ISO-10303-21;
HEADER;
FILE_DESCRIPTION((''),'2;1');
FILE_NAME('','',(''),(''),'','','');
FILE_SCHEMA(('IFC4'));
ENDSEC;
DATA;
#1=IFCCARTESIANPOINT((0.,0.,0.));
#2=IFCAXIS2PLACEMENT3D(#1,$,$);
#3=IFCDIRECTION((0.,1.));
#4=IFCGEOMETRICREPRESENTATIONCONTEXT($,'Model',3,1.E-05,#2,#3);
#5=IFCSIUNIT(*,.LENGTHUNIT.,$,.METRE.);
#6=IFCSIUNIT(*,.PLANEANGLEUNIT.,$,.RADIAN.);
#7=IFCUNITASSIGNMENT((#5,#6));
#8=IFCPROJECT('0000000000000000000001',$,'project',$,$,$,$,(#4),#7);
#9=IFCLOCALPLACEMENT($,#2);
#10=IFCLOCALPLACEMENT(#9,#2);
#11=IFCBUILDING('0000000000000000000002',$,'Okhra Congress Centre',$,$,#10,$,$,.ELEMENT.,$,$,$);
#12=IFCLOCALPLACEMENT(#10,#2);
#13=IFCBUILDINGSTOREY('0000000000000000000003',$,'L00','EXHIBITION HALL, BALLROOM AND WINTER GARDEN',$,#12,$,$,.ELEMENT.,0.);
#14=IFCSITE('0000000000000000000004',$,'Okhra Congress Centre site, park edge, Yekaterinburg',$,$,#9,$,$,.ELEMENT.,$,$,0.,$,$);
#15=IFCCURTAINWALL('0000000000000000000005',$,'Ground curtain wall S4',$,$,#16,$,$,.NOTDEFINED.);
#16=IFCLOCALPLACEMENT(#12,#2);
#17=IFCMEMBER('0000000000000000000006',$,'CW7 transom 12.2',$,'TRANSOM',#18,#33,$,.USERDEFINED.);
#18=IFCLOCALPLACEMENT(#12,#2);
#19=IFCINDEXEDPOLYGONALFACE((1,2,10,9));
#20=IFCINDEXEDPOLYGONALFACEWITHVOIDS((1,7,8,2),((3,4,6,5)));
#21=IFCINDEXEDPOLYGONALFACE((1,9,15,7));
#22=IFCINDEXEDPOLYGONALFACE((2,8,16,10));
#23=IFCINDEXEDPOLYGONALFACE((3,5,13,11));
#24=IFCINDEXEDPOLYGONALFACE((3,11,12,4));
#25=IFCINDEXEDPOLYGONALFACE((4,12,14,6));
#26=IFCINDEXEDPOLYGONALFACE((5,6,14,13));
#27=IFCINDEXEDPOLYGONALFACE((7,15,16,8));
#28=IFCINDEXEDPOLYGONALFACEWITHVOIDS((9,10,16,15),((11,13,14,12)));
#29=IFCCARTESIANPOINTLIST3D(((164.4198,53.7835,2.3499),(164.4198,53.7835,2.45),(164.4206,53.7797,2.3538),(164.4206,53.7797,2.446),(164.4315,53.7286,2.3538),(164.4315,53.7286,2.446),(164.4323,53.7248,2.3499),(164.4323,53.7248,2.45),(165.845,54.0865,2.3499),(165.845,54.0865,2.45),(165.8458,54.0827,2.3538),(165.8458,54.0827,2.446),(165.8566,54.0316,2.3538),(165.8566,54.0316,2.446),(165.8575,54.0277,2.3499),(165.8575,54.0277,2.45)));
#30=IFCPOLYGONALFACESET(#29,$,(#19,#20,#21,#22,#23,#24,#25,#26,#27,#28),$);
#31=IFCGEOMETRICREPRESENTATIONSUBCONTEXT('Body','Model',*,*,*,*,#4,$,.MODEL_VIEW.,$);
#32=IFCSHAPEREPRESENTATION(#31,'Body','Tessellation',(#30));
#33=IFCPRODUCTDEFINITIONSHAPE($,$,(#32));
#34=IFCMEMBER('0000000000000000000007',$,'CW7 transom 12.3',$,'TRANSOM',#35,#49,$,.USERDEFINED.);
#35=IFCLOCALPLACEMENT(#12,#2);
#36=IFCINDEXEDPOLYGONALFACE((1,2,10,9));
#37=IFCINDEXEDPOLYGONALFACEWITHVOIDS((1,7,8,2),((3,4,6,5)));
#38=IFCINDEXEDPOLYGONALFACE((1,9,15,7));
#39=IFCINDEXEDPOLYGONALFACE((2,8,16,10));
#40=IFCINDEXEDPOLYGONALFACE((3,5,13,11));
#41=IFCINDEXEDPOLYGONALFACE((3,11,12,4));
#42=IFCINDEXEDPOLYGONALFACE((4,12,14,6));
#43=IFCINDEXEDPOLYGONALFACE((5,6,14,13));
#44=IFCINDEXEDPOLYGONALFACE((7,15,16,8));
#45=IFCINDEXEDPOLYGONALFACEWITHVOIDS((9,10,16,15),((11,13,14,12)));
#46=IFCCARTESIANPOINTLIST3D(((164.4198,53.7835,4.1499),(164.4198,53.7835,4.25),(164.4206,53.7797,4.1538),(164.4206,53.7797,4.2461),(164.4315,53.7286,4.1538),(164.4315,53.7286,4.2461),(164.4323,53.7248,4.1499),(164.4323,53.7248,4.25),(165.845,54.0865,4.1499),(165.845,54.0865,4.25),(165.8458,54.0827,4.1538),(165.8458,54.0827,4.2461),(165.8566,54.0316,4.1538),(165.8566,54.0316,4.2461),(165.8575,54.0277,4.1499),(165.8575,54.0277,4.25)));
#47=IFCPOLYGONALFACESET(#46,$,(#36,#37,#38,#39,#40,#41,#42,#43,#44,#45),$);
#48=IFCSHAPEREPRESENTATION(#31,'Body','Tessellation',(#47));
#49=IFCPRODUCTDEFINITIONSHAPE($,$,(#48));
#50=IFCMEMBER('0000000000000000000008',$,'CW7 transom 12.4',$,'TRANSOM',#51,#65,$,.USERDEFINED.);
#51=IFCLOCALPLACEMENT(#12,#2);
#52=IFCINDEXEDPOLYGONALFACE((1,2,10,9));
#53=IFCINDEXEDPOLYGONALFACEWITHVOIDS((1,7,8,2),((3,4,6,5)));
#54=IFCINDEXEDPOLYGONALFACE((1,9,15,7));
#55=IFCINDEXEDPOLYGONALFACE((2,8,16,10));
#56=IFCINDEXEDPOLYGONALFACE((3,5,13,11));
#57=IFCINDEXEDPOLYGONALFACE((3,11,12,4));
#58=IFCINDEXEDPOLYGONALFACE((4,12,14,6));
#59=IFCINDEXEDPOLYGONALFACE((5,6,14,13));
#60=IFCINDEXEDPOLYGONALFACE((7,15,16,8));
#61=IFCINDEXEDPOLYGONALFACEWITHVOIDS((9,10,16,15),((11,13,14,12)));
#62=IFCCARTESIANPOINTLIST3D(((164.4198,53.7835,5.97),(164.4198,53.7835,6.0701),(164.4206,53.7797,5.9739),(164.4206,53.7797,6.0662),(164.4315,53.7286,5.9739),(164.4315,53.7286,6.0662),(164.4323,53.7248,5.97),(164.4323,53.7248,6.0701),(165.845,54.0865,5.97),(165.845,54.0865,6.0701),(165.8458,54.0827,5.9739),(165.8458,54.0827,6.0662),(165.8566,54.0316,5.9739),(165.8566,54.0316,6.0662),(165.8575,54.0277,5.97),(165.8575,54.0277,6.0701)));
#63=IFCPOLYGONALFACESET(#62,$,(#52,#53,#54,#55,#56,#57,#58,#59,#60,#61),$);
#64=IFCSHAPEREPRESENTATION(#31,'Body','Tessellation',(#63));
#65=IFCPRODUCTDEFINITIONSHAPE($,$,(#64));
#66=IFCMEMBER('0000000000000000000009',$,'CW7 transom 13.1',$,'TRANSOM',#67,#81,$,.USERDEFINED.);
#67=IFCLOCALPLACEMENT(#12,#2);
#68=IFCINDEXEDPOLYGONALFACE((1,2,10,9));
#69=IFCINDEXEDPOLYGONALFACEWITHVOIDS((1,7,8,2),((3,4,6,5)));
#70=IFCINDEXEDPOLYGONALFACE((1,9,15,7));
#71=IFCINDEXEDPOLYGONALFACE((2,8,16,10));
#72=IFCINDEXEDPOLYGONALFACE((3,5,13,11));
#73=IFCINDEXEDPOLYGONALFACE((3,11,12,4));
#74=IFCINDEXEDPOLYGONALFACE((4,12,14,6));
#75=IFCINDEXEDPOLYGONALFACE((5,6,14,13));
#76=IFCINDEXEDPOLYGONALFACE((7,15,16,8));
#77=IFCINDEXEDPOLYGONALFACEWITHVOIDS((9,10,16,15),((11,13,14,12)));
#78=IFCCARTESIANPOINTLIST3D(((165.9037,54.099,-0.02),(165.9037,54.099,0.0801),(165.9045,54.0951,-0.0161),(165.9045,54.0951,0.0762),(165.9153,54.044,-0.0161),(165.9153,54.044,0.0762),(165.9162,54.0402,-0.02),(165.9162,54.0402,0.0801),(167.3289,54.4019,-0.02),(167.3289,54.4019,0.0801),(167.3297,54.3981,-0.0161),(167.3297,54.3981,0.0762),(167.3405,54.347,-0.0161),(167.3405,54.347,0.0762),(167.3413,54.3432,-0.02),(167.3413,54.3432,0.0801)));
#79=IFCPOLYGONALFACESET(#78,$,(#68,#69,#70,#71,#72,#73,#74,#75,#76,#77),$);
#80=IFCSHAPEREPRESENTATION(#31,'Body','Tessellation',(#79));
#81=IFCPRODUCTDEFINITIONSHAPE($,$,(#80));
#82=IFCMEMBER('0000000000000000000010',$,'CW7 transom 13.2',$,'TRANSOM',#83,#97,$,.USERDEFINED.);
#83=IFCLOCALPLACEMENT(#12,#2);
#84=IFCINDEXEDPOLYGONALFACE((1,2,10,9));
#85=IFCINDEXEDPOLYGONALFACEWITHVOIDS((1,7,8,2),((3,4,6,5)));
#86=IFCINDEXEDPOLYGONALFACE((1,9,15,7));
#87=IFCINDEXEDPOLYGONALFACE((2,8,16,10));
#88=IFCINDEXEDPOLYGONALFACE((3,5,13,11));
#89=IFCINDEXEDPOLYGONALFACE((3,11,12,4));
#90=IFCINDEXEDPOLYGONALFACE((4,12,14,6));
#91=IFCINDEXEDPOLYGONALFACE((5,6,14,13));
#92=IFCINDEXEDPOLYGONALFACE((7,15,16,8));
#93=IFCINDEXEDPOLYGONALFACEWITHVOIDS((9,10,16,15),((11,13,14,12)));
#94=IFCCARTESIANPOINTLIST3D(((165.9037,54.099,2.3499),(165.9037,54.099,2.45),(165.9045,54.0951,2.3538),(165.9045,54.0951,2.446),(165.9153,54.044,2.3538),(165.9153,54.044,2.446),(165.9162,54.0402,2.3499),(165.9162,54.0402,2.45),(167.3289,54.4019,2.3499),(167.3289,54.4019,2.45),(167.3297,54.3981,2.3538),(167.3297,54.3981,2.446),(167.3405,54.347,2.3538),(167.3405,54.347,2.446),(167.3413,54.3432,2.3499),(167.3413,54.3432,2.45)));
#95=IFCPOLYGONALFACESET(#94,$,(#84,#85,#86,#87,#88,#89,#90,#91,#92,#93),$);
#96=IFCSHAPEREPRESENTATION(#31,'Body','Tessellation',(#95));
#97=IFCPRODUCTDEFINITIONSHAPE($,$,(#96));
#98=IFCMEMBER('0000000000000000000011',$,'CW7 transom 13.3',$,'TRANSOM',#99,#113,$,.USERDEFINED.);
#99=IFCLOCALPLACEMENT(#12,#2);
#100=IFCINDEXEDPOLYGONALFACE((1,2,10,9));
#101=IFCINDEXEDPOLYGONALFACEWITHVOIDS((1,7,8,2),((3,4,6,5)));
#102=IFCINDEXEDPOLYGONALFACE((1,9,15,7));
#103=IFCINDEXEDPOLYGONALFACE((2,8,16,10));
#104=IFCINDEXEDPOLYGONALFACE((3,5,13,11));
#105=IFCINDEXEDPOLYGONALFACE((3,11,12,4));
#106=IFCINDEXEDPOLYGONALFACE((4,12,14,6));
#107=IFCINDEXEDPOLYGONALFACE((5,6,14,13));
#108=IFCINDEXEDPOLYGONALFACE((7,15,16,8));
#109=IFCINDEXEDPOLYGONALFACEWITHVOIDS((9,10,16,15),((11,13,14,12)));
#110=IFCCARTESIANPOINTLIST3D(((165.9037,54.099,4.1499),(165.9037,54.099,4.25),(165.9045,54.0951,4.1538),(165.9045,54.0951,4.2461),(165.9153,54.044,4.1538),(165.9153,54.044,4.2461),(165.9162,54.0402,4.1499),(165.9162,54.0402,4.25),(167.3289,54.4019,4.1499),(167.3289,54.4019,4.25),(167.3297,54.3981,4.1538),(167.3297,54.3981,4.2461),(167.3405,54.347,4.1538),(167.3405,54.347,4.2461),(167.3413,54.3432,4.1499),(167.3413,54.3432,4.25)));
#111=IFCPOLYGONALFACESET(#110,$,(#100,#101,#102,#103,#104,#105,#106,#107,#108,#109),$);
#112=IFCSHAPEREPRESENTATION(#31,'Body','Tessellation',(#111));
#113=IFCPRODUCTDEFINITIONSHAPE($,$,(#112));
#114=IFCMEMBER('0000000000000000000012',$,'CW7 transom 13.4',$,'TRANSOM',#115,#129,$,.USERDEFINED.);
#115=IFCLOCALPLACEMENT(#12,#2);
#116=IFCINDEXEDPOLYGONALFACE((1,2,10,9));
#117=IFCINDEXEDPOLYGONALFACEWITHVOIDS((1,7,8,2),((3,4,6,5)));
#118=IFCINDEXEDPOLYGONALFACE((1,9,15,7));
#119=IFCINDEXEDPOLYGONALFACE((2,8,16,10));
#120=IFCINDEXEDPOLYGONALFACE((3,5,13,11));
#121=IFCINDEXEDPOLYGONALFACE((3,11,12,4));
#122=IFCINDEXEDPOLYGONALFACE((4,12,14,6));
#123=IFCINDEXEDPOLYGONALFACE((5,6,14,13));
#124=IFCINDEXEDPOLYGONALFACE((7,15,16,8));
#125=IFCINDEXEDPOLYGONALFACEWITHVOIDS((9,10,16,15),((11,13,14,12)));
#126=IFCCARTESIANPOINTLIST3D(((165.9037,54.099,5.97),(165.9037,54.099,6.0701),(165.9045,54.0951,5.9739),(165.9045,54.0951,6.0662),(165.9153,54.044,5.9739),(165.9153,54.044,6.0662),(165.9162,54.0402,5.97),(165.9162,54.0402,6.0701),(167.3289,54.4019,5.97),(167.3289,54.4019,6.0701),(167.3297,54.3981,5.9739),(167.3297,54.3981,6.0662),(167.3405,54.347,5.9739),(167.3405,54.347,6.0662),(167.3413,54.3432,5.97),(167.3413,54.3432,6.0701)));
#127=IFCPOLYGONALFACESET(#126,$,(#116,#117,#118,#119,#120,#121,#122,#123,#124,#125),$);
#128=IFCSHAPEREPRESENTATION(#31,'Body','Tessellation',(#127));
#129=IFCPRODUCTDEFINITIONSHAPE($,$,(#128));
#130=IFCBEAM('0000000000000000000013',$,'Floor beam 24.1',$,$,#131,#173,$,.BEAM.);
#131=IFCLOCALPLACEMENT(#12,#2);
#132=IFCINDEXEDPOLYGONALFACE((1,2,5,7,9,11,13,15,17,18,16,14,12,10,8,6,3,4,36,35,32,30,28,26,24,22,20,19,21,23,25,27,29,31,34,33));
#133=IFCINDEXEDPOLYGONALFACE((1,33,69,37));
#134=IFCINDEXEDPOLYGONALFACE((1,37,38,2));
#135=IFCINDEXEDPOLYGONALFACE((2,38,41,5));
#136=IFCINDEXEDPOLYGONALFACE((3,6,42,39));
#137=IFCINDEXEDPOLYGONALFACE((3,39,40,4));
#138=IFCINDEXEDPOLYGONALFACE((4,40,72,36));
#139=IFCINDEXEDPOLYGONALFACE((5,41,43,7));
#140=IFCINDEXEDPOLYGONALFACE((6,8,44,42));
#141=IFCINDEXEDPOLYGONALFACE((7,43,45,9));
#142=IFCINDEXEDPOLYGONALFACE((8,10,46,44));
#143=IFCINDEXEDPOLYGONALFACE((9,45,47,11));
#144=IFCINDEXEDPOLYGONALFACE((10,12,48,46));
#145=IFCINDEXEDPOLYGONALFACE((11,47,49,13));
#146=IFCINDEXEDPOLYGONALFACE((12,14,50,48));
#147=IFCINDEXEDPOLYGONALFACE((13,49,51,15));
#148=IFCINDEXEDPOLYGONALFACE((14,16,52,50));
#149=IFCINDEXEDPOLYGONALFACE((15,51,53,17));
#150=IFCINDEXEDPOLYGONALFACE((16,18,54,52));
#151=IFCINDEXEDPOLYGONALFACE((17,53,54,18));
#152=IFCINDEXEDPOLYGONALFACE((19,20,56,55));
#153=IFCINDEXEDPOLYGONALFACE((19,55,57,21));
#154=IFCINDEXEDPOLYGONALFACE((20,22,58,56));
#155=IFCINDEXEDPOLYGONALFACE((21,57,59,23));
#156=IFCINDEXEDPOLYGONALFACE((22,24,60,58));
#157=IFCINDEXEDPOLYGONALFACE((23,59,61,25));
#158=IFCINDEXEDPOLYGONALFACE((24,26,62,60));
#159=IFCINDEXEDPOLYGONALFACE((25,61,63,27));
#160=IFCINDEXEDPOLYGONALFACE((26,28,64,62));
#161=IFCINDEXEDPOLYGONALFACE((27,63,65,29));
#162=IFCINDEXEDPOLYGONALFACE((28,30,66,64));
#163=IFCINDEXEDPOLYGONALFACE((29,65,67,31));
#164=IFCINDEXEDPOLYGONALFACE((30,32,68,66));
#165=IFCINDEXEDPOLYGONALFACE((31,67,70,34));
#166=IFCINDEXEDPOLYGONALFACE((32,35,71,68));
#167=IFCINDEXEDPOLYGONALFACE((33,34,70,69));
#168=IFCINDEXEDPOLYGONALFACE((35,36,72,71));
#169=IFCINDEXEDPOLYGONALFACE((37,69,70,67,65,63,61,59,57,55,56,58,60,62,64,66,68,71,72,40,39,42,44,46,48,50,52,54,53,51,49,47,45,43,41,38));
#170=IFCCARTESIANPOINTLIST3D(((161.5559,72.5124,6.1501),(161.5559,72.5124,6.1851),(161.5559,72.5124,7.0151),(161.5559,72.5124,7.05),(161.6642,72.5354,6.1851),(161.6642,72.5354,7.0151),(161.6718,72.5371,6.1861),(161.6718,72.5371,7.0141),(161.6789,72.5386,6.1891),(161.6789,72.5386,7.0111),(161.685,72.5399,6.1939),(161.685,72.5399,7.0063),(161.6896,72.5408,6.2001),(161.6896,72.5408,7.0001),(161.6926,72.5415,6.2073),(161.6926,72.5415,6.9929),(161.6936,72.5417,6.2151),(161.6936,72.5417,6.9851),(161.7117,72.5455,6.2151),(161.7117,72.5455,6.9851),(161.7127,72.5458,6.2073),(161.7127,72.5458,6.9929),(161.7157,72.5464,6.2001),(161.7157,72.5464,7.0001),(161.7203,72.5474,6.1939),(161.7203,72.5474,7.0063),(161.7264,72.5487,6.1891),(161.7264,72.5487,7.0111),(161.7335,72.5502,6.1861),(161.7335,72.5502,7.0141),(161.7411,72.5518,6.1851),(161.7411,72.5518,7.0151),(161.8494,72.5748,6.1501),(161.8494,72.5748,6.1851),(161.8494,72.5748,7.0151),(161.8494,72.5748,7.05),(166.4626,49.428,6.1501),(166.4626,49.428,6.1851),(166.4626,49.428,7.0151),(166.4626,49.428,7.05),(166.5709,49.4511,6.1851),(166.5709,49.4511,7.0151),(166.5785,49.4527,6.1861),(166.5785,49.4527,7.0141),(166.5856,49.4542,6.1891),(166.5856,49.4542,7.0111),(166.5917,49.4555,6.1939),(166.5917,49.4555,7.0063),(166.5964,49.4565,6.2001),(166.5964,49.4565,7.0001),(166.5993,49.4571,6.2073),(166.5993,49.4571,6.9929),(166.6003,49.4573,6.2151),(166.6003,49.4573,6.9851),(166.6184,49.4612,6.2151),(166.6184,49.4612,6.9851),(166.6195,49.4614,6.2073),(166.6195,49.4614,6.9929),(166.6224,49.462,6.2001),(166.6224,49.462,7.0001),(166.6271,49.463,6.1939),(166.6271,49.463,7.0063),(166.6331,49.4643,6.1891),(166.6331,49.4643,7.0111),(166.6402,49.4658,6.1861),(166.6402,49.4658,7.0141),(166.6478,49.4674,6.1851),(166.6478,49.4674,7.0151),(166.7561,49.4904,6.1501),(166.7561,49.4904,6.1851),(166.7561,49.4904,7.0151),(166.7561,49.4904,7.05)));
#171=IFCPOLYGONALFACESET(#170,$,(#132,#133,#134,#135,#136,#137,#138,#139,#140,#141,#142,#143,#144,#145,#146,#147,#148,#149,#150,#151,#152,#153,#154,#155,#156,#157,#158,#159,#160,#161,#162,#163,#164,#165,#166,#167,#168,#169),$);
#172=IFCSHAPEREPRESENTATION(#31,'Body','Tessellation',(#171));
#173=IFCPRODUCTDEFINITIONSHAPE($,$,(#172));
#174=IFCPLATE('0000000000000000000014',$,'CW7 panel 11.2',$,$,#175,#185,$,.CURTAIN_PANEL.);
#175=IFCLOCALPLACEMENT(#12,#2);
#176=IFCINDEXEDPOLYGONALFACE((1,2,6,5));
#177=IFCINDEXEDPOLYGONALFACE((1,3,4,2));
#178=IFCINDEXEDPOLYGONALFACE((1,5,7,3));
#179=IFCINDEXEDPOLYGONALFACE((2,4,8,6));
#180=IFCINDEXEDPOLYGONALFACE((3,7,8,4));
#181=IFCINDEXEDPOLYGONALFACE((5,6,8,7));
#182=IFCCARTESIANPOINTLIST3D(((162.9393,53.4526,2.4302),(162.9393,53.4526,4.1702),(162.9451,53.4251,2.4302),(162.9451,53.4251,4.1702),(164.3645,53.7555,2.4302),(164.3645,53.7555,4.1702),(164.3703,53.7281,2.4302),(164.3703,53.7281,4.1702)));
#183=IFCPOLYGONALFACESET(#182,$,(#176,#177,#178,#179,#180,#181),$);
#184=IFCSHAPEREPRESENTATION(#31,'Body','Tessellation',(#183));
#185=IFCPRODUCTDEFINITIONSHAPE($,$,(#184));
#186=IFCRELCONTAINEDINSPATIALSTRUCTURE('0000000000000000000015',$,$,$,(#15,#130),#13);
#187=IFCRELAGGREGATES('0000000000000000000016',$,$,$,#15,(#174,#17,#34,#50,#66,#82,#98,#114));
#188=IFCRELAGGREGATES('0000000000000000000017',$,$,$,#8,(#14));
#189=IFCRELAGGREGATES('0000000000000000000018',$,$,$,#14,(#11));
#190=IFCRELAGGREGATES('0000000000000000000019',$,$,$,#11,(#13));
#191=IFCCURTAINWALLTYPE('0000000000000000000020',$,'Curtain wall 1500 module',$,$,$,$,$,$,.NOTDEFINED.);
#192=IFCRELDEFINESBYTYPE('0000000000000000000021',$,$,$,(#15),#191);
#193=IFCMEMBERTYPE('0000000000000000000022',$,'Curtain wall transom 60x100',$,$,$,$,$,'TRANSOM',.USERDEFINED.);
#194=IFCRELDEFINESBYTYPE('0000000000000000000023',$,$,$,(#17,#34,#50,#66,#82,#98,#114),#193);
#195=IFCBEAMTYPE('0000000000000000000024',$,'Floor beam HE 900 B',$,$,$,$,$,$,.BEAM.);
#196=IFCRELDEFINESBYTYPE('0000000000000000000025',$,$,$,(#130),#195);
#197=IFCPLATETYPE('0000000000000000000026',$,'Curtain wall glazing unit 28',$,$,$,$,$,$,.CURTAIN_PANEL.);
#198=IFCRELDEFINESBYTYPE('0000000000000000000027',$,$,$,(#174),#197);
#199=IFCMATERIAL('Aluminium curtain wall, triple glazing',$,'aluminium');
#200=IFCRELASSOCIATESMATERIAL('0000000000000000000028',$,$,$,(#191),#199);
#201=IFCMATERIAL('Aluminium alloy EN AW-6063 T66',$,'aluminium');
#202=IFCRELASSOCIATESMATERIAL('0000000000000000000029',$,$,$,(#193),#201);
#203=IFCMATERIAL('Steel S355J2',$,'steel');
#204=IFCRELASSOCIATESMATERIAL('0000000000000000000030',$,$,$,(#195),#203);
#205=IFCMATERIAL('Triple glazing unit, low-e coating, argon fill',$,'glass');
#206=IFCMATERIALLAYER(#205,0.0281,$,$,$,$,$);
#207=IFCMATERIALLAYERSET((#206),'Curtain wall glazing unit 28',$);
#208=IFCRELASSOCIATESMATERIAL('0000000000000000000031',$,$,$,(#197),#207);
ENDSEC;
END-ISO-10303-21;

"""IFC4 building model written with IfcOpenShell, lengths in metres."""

from ifc_helpers import new_model, si_unit, direction, frame, origin, origin_2d, place, context, subcontext, project, spatial, rectangle, hollow_rectangle, i_section, extrude, material, layer, layer_set, material_profile, profile_set, type_object, element, aggregate, save


model = new_model("IFC4")

# Units and contexts
model_context = context("Model", 3, precision=1e-05, world=origin(), true_north=direction((0.0, 1.0)))
body_context = subcontext(model_context, "Body", "Model", "MODEL_VIEW")
ifc_project = project(units=[si_unit("LENGTHUNIT", "METRE"), si_unit("PLANEANGLEUNIT", "RADIAN")], contexts=[model_context])

# Site, building, storey
site_placement = place(None, origin())
site = spatial("IfcSite", under=ifc_project, at=site_placement, Name="Okhra Congress Centre site, park edge, Yekaterinburg", CompositionType="ELEMENT", RefElevation=0.0)
building_placement = place(site_placement, origin())
building = spatial("IfcBuilding", under=site, at=building_placement, Name="Okhra Congress Centre", CompositionType="ELEMENT")
storey_placement = place(building_placement, origin())
storey = spatial("IfcBuildingStorey", under=building, at=storey_placement, Name="L00", Description="EXHIBITION HALL, BALLROOM AND WINTER GARDEN", CompositionType="ELEMENT", Elevation=0.0)

# Curtain wall, members
ifc_material_1 = material(Name="Aluminium curtain wall, triple glazing", Category="aluminium")
curtain_wall_type = type_object("IfcCurtainWallType", Name="Curtain wall 1500 module", PredefinedType="NOTDEFINED", material=ifc_material_1)
curtain_wall_placement = place(storey_placement, origin())
curtain_wall = element("IfcCurtainWall", 1, at=curtain_wall_placement, inside=storey, type_object=curtain_wall_type, Name="Ground curtain wall S4", PredefinedType="NOTDEFINED")
ifc_material_2 = material(Name="Aluminium alloy EN AW-6063 T66", Category="aluminium")
ifc_material_profile_1 = material_profile(ifc_material_2, hollow_rectangle(XDim=0.0601, YDim=0.1001, WallThickness=0.0039, at=origin_2d()), Name="RHS 60x100x4")
ifc_profile_set_1 = profile_set([ifc_material_profile_1], Name="Aluminium alloy EN AW-6063 T66")
member_type_1 = type_object("IfcMemberType", Name="Curtain wall transom 60x100", ElementType="TRANSOM", PredefinedType="USERDEFINED", material=ifc_profile_set_1)
member_1_placement = place(storey_placement, frame((164.426, 53.7542, 2.3999), z_axis=(0.978144, 0.207927, 0.0), x_axis=(-0.207927, 0.978144, 0.0)))
member_1 = element("IfcMember", 2, at=member_1_placement, type_object=member_type_1, Name="CW7 transom 12.2", ObjectType="TRANSOM", PredefinedType="USERDEFINED", context=body_context, shape_type="SweptSolid", body=[
    extrude(hollow_rectangle(XDim=0.0601, YDim=0.1001, WallThickness=0.0039, at=origin_2d()), origin(), (0.0, 0.0, 1.0), 1.457),
])
member_2_placement = place(storey_placement, frame((164.426, 53.7542, 4.2), z_axis=(0.978144, 0.207927, 0.0), x_axis=(-0.207927, 0.978144, 0.0)))
member_2 = element("IfcMember", 3, at=member_2_placement, type_object=member_type_1, Name="CW7 transom 12.3", ObjectType="TRANSOM", PredefinedType="USERDEFINED", context=body_context, shape_type="SweptSolid", body=[
    extrude(hollow_rectangle(XDim=0.0601, YDim=0.1001, WallThickness=0.0039, at=origin_2d()), origin(), (0.0, 0.0, 1.0), 1.457),
])
member_3_placement = place(storey_placement, frame((164.426, 53.7542, 6.02), z_axis=(0.978144, 0.207927, 0.0), x_axis=(-0.207927, 0.978144, 0.0)))
member_3 = element("IfcMember", 4, at=member_3_placement, type_object=member_type_1, Name="CW7 transom 12.4", ObjectType="TRANSOM", PredefinedType="USERDEFINED", context=body_context, shape_type="SweptSolid", body=[
    extrude(hollow_rectangle(XDim=0.0601, YDim=0.1001, WallThickness=0.0039, at=origin_2d()), origin(), (0.0, 0.0, 1.0), 1.457),
])
member_4_placement = place(storey_placement, frame((165.9099, 54.0696, 0.03), z_axis=(0.978144, 0.207927, 0.0), x_axis=(-0.207927, 0.978144, 0.0)))
member_4 = element("IfcMember", 5, at=member_4_placement, type_object=member_type_1, Name="CW7 transom 13.1", ObjectType="TRANSOM", PredefinedType="USERDEFINED", context=body_context, shape_type="SweptSolid", body=[
    extrude(hollow_rectangle(XDim=0.0601, YDim=0.1001, WallThickness=0.0039, at=origin_2d()), origin(), (0.0, 0.0, 1.0), 1.457),
])
member_5_placement = place(storey_placement, frame((165.9099, 54.0696, 2.3999), z_axis=(0.978144, 0.207927, 0.0), x_axis=(-0.207927, 0.978144, 0.0)))
member_5 = element("IfcMember", 6, at=member_5_placement, type_object=member_type_1, Name="CW7 transom 13.2", ObjectType="TRANSOM", PredefinedType="USERDEFINED", context=body_context, shape_type="SweptSolid", body=[
    extrude(hollow_rectangle(XDim=0.0601, YDim=0.1001, WallThickness=0.0039, at=origin_2d()), origin(), (0.0, 0.0, 1.0), 1.457),
])
member_6_placement = place(storey_placement, frame((165.9099, 54.0696, 4.2), z_axis=(0.978144, 0.207927, 0.0), x_axis=(-0.207927, 0.978144, 0.0)))
member_6 = element("IfcMember", 7, at=member_6_placement, type_object=member_type_1, Name="CW7 transom 13.3", ObjectType="TRANSOM", PredefinedType="USERDEFINED", context=body_context, shape_type="SweptSolid", body=[
    extrude(hollow_rectangle(XDim=0.0601, YDim=0.1001, WallThickness=0.0039, at=origin_2d()), origin(), (0.0, 0.0, 1.0), 1.457),
])
member_7_placement = place(storey_placement, frame((165.9099, 54.0696, 6.02), z_axis=(0.978144, 0.207927, 0.0), x_axis=(-0.207927, 0.978144, 0.0)))
member_7 = element("IfcMember", 8, at=member_7_placement, type_object=member_type_1, Name="CW7 transom 13.4", ObjectType="TRANSOM", PredefinedType="USERDEFINED", context=body_context, shape_type="SweptSolid", body=[
    extrude(hollow_rectangle(XDim=0.0601, YDim=0.1001, WallThickness=0.0039, at=origin_2d()), origin(), (0.0, 0.0, 1.0), 1.457),
])

# Beam
ifc_material_3 = material(Name="Steel S355J2", Category="steel")
ifc_material_profile_2 = material_profile(ifc_material_3, i_section(OverallWidth=0.3, OverallDepth=0.8999, WebThickness=0.0186, FlangeThickness=0.0349, FilletRadius=0.03, at=origin_2d()), Name="HE 900 B")
ifc_profile_set_2 = profile_set([ifc_material_profile_2], Name="Steel S355J2")
beam_type = type_object("IfcBeamType", Name="Floor beam HE 900 B", PredefinedType="BEAM", material=ifc_profile_set_2)
beam_placement = place(storey_placement, frame((166.6094, 49.4592, 6.6001), z_axis=(-0.207911, 0.978148, 0.0), x_axis=(-0.978148, -0.207911, 0.0)))
element("IfcBeam", 9, at=beam_placement, inside=storey, type_object=beam_type, Name="Floor beam 24.1", PredefinedType="BEAM", context=body_context, shape_type="SweptSolid", body=[
    extrude(i_section(OverallWidth=0.3, OverallDepth=0.8999, WebThickness=0.0186, FlangeThickness=0.0349, FilletRadius=0.03, at=origin_2d()), origin(), (0.0, 0.0, 1.0), 23.6001),
])

# Plate
ifc_material_4 = material(Name="Triple glazing unit, low-e coating, argon fill", Category="glass")
ifc_layer_1 = layer(ifc_material_4, 0.0281)
ifc_layer_set_1 = layer_set([ifc_layer_1], Name="Curtain wall glazing unit 28")
plate_type = type_object("IfcPlateType", Name="Curtain wall glazing unit 28", PredefinedType="CURTAIN_PANEL", material=ifc_layer_set_1)
plate_1_placement = place(storey_placement, frame((163.6548, 53.5903, 2.4302), z_axis=(0.0, 0.0, 1.0), x_axis=(0.978148, 0.207912, 0.0)))
plate_1 = element("IfcPlate", 10, at=plate_1_placement, type_object=plate_type, Name="CW7 panel 11.2", PredefinedType="CURTAIN_PANEL", context=body_context, shape_type="SweptSolid", body=[
    extrude(rectangle(XDim=1.457, YDim=0.0281, at=origin_2d()), origin(), (0.0, 0.0, 1.0), 1.74),
])
aggregate(curtain_wall, [plate_1, member_1, member_2, member_3, member_4, member_5, member_6, member_7])

save(model, "model.ifc")
